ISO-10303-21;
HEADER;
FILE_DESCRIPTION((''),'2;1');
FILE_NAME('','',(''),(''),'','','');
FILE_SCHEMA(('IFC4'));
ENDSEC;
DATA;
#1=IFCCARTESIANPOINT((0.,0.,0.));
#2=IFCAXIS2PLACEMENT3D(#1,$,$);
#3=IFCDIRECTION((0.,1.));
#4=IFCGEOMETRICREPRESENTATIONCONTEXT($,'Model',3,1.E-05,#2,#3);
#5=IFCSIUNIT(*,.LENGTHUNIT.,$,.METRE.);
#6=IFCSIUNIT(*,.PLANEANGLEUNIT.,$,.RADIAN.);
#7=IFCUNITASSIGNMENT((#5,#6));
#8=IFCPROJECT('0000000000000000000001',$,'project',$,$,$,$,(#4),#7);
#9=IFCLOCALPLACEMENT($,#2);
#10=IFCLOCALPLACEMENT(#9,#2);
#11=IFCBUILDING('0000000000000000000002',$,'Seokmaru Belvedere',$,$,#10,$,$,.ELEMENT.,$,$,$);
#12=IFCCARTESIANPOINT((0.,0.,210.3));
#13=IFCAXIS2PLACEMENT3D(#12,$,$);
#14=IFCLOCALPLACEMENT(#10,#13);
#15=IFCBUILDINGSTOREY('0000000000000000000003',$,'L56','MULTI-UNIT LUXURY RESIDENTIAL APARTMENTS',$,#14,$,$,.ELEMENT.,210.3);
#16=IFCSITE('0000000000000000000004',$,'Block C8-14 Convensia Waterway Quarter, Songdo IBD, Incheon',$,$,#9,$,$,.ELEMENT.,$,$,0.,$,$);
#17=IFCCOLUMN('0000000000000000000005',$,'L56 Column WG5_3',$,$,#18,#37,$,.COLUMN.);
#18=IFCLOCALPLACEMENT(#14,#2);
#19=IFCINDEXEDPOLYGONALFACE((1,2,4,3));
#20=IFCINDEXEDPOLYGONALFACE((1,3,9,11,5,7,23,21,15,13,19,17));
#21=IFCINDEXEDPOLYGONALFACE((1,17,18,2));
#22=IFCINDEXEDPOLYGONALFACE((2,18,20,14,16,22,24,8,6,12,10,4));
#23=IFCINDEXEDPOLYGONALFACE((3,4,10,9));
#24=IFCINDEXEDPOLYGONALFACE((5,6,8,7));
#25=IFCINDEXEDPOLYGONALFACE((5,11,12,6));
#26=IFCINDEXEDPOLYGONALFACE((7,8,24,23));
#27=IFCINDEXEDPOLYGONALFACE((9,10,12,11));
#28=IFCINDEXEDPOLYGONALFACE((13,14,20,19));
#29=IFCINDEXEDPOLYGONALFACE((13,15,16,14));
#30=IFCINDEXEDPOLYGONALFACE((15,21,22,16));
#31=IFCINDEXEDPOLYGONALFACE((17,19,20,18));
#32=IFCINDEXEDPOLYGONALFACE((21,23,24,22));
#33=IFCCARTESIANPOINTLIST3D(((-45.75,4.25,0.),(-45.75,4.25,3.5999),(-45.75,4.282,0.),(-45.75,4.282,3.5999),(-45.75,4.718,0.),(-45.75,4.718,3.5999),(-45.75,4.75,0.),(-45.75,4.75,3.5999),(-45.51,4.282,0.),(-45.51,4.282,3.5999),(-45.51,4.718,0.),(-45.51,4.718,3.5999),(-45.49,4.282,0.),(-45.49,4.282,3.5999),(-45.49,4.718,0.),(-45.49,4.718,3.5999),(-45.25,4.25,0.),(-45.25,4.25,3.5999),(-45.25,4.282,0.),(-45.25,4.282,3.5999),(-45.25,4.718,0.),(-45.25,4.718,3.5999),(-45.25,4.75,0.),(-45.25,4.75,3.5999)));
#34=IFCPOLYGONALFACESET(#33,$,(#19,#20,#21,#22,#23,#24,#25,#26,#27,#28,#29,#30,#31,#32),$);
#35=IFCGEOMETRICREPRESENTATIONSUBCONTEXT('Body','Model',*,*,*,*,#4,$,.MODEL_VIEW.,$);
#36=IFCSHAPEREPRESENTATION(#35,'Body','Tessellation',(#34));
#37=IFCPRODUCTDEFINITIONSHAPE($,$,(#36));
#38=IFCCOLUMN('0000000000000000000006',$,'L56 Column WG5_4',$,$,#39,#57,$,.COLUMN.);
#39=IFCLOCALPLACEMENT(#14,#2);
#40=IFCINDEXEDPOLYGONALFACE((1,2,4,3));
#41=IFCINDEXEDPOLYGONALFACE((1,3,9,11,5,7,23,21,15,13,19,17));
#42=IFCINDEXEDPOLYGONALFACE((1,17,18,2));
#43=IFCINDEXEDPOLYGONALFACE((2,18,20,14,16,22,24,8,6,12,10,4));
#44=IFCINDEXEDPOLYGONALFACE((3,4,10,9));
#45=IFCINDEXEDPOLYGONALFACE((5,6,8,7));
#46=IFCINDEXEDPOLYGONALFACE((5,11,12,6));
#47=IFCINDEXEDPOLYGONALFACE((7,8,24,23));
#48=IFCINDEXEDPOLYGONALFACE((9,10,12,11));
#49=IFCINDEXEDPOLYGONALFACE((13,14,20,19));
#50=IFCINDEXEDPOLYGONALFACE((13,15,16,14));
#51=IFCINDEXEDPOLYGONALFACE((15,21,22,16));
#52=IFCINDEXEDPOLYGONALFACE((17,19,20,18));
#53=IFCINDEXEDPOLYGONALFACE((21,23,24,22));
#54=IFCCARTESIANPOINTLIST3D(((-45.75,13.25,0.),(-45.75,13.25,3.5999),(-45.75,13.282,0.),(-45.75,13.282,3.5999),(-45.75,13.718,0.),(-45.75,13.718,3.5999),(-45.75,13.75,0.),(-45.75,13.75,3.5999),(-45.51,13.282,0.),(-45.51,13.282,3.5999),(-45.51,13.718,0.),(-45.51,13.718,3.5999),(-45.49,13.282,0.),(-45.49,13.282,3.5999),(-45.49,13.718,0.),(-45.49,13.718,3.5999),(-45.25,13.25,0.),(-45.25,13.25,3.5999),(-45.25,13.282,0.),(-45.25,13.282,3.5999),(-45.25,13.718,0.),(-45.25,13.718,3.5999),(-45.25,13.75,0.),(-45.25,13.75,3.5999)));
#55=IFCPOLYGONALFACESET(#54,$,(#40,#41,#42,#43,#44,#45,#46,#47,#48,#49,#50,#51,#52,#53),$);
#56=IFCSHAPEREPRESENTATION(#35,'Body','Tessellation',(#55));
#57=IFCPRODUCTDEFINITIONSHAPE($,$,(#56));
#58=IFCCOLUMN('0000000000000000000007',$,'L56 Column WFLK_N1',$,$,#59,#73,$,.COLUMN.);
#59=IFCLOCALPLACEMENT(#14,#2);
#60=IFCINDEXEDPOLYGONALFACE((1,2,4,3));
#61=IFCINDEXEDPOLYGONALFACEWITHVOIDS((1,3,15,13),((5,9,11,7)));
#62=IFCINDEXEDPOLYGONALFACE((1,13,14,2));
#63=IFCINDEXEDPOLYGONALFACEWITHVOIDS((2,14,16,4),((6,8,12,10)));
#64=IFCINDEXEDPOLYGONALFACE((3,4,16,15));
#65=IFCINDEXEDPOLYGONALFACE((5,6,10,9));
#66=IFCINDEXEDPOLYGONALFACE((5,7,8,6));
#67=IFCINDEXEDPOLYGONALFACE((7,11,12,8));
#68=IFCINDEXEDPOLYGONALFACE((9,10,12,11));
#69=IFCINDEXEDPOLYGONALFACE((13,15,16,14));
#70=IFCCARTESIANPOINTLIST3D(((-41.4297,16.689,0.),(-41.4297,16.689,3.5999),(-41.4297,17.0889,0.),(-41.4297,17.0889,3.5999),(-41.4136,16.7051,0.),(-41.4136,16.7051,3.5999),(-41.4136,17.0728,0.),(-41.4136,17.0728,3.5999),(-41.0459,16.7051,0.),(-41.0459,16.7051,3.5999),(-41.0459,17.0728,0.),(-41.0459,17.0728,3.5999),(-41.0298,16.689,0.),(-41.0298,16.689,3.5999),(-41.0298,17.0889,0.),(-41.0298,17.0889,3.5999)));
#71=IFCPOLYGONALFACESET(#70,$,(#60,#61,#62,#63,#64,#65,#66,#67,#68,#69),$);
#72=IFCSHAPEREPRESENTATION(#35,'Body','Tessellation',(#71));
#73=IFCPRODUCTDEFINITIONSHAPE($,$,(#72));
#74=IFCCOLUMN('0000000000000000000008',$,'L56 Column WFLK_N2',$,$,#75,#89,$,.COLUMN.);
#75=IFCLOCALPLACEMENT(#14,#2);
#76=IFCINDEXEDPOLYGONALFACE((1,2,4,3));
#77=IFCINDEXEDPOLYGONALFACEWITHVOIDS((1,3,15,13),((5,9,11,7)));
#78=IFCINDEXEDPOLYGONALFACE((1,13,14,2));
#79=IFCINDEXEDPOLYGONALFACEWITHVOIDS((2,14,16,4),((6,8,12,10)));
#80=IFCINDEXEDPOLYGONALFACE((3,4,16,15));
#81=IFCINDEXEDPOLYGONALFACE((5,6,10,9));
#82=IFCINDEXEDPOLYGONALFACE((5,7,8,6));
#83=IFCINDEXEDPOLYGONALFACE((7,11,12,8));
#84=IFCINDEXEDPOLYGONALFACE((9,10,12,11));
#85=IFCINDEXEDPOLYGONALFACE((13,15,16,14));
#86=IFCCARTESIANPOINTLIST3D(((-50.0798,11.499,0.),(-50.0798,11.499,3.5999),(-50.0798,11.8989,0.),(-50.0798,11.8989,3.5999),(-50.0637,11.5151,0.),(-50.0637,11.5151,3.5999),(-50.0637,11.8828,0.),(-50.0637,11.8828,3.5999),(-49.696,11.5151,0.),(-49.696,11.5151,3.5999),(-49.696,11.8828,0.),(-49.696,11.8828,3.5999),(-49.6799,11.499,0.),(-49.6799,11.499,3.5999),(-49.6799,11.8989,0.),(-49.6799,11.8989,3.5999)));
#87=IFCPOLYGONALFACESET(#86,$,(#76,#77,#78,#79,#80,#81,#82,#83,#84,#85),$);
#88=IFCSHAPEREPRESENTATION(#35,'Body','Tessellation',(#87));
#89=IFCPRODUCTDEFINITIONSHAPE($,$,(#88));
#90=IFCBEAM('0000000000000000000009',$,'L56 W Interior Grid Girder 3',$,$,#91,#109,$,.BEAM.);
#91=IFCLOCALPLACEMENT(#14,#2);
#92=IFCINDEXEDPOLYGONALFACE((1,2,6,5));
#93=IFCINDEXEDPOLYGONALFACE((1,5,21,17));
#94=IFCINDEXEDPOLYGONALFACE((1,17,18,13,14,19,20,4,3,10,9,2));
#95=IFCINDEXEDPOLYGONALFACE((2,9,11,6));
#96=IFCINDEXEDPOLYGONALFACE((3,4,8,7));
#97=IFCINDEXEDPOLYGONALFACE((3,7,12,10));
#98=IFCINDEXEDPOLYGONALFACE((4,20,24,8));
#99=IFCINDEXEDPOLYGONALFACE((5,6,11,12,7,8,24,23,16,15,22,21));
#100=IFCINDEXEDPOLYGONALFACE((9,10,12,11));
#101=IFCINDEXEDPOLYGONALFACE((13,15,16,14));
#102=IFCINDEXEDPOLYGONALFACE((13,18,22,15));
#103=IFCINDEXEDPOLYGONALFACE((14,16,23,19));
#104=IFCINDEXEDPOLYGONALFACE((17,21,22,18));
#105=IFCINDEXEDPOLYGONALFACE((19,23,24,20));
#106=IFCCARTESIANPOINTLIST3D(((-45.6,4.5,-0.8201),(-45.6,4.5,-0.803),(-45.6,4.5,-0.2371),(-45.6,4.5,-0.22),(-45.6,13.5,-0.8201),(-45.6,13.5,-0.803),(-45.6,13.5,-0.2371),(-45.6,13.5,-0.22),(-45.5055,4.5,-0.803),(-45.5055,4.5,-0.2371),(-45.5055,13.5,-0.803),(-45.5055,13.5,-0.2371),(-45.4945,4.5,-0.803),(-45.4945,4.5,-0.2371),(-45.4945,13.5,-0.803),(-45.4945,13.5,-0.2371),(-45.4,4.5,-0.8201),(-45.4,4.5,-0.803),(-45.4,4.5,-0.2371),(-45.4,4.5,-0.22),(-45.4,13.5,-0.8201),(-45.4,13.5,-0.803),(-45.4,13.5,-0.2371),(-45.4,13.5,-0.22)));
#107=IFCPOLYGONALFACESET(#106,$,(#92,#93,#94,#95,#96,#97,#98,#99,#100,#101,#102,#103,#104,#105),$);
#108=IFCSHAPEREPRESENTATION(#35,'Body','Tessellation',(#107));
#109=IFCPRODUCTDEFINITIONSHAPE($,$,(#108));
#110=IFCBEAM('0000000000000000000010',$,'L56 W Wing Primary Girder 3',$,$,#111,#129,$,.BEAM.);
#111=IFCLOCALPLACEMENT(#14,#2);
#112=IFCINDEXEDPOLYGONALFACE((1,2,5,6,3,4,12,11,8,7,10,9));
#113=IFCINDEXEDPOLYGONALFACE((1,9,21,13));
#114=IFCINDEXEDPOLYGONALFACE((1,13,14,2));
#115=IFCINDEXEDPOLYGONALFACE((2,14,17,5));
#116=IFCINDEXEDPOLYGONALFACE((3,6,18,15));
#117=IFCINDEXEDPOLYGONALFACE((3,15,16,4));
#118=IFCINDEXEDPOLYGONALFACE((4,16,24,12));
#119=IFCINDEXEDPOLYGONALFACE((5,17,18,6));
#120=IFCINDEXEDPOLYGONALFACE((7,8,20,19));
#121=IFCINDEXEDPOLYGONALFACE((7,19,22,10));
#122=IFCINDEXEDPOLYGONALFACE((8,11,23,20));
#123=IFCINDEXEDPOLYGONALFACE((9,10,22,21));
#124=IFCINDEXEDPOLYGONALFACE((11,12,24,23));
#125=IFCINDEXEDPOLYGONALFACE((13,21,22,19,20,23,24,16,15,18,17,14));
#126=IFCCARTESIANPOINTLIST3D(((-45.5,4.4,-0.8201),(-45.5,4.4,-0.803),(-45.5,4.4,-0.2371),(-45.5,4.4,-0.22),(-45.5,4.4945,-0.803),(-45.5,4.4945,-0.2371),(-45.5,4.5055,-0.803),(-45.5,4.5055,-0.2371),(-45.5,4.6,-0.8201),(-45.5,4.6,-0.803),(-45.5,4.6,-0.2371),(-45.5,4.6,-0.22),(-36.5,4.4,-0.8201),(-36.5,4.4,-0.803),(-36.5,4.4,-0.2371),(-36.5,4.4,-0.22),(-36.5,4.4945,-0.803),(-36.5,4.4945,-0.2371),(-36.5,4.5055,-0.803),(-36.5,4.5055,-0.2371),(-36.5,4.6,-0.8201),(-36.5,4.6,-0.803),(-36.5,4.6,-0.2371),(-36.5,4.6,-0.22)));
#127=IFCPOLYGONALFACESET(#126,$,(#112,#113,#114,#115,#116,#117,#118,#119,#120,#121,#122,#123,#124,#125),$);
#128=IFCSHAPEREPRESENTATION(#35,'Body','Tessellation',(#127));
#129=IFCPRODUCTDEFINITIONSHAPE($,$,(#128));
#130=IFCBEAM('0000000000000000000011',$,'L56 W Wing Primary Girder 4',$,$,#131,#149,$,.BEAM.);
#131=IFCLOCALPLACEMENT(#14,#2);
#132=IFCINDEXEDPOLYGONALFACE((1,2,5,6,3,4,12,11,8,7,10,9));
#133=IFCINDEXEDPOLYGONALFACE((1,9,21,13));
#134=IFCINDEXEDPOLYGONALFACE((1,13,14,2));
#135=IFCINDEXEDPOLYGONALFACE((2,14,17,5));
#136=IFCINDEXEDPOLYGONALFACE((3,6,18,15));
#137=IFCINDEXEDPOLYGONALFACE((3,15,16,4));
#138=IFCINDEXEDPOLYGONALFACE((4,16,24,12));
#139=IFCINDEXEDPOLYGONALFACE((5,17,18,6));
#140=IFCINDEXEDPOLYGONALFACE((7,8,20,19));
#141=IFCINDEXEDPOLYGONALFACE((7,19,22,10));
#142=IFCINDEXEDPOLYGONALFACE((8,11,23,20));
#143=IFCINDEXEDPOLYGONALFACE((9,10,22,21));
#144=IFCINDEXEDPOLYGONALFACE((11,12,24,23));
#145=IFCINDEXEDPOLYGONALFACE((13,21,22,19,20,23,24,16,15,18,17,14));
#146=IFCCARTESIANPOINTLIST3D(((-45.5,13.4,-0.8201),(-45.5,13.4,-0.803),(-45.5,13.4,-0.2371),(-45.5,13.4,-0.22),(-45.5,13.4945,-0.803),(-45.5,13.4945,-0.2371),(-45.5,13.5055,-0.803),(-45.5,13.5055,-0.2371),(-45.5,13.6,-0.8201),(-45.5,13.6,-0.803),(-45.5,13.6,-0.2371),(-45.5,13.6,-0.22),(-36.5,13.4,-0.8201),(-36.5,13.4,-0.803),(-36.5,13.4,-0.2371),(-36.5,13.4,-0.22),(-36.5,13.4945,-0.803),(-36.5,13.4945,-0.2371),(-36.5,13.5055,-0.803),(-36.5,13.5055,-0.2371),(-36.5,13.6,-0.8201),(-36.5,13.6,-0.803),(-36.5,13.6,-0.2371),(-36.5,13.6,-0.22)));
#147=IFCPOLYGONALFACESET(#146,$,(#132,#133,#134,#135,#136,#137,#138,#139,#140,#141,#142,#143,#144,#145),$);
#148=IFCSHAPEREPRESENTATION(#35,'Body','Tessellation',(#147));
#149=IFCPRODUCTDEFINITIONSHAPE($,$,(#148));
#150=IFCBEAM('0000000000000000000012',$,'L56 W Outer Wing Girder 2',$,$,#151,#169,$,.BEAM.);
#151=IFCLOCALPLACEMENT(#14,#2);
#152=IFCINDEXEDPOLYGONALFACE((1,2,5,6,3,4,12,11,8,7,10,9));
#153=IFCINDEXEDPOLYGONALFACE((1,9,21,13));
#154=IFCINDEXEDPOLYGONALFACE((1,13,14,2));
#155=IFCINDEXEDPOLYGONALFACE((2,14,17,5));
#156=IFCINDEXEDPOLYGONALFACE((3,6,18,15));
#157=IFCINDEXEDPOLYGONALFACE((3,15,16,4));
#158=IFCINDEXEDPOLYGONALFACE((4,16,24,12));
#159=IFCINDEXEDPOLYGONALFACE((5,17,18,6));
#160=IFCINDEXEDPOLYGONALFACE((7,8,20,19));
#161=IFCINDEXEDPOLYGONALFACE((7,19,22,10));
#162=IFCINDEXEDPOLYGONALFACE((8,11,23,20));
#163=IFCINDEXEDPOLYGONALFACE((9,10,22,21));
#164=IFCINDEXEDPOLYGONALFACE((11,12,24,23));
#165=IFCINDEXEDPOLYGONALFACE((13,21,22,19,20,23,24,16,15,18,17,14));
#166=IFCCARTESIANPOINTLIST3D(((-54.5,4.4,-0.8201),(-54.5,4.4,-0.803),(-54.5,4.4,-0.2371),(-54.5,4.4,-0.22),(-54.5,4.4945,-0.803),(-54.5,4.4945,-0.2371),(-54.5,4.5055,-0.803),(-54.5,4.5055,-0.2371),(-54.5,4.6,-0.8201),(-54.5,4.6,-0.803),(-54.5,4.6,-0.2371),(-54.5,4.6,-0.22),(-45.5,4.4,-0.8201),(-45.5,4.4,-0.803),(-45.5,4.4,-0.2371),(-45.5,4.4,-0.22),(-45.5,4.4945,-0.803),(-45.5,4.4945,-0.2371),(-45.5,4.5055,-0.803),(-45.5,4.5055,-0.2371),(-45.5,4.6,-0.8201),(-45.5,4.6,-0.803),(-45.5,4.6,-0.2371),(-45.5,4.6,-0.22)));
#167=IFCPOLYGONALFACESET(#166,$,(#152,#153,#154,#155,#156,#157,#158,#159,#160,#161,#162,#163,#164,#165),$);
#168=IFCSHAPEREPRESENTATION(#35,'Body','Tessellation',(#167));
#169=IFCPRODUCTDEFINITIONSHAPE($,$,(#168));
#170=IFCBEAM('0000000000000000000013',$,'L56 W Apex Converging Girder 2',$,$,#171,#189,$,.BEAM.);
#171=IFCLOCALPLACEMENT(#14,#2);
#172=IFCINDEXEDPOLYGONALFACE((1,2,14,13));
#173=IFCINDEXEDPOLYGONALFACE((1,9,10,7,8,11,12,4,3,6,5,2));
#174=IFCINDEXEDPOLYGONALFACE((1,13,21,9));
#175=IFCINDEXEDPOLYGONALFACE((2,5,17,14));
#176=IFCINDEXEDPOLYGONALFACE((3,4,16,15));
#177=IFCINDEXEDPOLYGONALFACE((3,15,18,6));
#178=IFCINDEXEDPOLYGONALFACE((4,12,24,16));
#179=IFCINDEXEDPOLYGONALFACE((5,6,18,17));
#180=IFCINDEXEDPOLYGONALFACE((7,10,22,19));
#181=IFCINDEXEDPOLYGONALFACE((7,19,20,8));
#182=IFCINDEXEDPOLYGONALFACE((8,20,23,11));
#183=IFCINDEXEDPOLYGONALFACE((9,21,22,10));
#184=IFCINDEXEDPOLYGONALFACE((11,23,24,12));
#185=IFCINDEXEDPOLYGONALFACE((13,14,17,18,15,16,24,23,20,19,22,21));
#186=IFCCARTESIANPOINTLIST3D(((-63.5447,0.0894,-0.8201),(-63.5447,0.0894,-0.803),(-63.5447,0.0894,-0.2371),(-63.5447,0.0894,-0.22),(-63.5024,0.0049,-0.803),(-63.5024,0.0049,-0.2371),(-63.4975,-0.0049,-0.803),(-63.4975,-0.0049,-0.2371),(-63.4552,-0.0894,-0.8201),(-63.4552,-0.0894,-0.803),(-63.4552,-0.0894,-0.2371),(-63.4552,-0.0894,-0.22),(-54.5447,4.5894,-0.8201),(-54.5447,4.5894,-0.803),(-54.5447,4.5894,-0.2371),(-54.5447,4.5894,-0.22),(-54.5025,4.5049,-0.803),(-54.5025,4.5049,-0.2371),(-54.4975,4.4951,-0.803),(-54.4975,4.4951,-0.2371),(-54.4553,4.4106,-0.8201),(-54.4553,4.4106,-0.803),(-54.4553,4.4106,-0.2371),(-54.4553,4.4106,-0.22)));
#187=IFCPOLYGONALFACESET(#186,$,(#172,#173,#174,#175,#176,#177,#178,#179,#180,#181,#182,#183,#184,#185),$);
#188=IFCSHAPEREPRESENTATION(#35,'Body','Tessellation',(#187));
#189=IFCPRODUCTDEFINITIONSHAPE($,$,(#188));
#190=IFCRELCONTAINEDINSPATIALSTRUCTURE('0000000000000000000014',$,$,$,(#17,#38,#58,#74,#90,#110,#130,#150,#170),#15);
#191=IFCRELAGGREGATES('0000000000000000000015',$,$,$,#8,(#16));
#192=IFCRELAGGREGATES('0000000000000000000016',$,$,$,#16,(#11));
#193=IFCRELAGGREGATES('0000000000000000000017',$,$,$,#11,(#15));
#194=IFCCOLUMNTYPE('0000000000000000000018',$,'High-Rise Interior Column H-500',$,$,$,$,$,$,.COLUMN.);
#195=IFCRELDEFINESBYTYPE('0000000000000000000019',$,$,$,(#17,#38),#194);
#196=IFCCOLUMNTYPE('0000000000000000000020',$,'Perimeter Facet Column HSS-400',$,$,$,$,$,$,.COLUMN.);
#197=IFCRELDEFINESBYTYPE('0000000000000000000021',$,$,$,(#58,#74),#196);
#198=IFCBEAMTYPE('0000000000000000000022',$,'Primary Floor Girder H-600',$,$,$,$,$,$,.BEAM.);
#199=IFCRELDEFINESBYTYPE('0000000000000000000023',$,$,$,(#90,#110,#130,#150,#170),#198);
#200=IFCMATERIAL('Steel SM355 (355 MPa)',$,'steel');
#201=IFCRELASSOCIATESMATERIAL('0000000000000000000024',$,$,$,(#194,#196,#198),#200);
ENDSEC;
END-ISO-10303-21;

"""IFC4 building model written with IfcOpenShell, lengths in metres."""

from ifc_helpers import new_model, si_unit, direction, frame, origin, origin_2d, place, context, subcontext, project, spatial, hollow_rectangle, i_section, extrude, source, transform, mapped, material, material_profile, profile_set, type_object, type_shapes, element, save


model = new_model("IFC4")

# Units and contexts
model_context = context("Model", 3, precision=1e-05, world=origin(), true_north=direction((0.0, 1.0)))
body_context = subcontext(model_context, "Body", "Model", "MODEL_VIEW")
ifc_project = project(units=[si_unit("LENGTHUNIT", "METRE"), si_unit("PLANEANGLEUNIT", "RADIAN")], contexts=[model_context])

# Site, building, storey
site_placement = place(None, origin())
site = spatial("IfcSite", under=ifc_project, at=site_placement, Name="Block C8-14 Convensia Waterway Quarter, Songdo IBD, Incheon", CompositionType="ELEMENT", RefElevation=0.0)
building_placement = place(site_placement, origin())
building = spatial("IfcBuilding", under=site, at=building_placement, Name="Seokmaru Belvedere", CompositionType="ELEMENT")
storey_placement = place(building_placement, frame((0.0, 0.0, 210.3)))
storey = spatial("IfcBuildingStorey", under=building, at=storey_placement, Name="L56", Description="MULTI-UNIT LUXURY RESIDENTIAL APARTMENTS", CompositionType="ELEMENT", Elevation=210.3)

# Columns
ifc_material_1 = material(Name="Steel SM355 (355 MPa)", Category="steel")
ifc_material_profile_1 = material_profile(ifc_material_1, i_section(OverallWidth=0.5, OverallDepth=0.5, WebThickness=0.02, FlangeThickness=0.032, at=origin_2d()), Name="H-500x500x20x32")
ifc_profile_set_1 = profile_set([ifc_material_profile_1], Name="Steel SM355 (355 MPa)")
column_type_1 = type_object("IfcColumnType", Name="High-Rise Interior Column H-500", PredefinedType="COLUMN", material=ifc_profile_set_1)
shared_shape_1 = source(origin(), body_context, "Body", "SweptSolid", [
    extrude(i_section(OverallWidth=0.5, OverallDepth=0.5, WebThickness=0.02, FlangeThickness=0.032, at=origin_2d()), origin(), (0.0, 0.0, 1.0), 3.5999),
])
type_shapes(column_type_1, [shared_shape_1])
for number, where, z_axis, x_axis, name in (
    (1, (-45.5, 4.5, 0.0), (0.0, 0.0, 1.0), (1.0, 0.0, 0.0), "L56 Column WG5_3"),
    (2, (-45.5, 13.5, 0.0), (0.0, 0.0, 1.0), (1.0, 0.0, 0.0), "L56 Column WG5_4"),
):
    element("IfcColumn", number, at=place(storey_placement, frame(where, z_axis=z_axis, x_axis=x_axis)), inside=storey, type_object=column_type_1, Name=name, PredefinedType="COLUMN", context=body_context, shape_type="MappedRepresentation", body=[
        mapped(shared_shape_1, transform((0.0, 0.0, 0.0), scale=1.0)),
    ])
ifc_material_profile_2 = material_profile(ifc_material_1, hollow_rectangle(XDim=0.3999, YDim=0.3999, WallThickness=0.0161, at=origin_2d()), Name="HSS-400x400x16")
ifc_profile_set_2 = profile_set([ifc_material_profile_2], Name="Steel SM355 (355 MPa)")
column_type_2 = type_object("IfcColumnType", Name="Perimeter Facet Column HSS-400", PredefinedType="COLUMN", material=ifc_profile_set_2)
shared_shape_2 = source(origin(), body_context, "Body", "SweptSolid", [
    extrude(hollow_rectangle(XDim=0.3999, YDim=0.3999, WallThickness=0.0161, at=origin_2d()), origin(), (0.0, 0.0, 1.0), 3.5999),
])
type_shapes(column_type_2, [shared_shape_2])
for number, where, z_axis, x_axis, name in (
    (3, (-41.2297, 16.8889, 0.0), (0.0, 0.0, 1.0), (1.0, 0.0, 0.0), "L56 Column WFLK_N1"),
    (4, (-49.8799, 11.699, 0.0), (0.0, 0.0, 1.0), (1.0, 0.0, 0.0), "L56 Column WFLK_N2"),
):
    element("IfcColumn", number, at=place(storey_placement, frame(where, z_axis=z_axis, x_axis=x_axis)), inside=storey, type_object=column_type_2, Name=name, PredefinedType="COLUMN", context=body_context, shape_type="MappedRepresentation", body=[
        mapped(shared_shape_2, transform((0.0, 0.0, 0.0), scale=1.0)),
    ])

# Beams
ifc_material_profile_3 = material_profile(ifc_material_1, i_section(OverallWidth=0.2, OverallDepth=0.6001, WebThickness=0.011, FlangeThickness=0.0171, at=origin_2d()), Name="H-600x200x11x17")
ifc_profile_set_3 = profile_set([ifc_material_profile_3], Name="Steel SM355 (355 MPa)")
beam_type_1 = type_object("IfcBeamType", Name="Primary Floor Girder H-600", PredefinedType="BEAM", material=ifc_profile_set_3)
shared_shape_3 = source(origin(), body_context, "Body", "SweptSolid", [
    extrude(i_section(OverallWidth=0.2, OverallDepth=0.6001, WebThickness=0.011, FlangeThickness=0.0171, at=origin_2d()), origin(), (0.0, 0.0, 1.0), 9.0),
])
for number, where, z_axis, x_axis, name in (
    (5, (-45.5, 4.5, -0.52), (0.0, 1.0, 0.0), (-1.0, 0.0, 0.0), "L56 W Interior Grid Girder 3"),
    (6, (-45.5, 4.5, -0.52), (1.0, 0.0, 0.0), (0.0, 1.0, 0.0), "L56 W Wing Primary Girder 3"),
    (7, (-45.5, 13.5, -0.52), (1.0, 0.0, 0.0), (0.0, 1.0, 0.0), "L56 W Wing Primary Girder 4"),
    (8, (-54.5, 4.5, -0.52), (1.0, 0.0, 0.0), (0.0, 1.0, 0.0), "L56 W Outer Wing Girder 2"),
):
    element("IfcBeam", number, at=place(storey_placement, frame(where, z_axis=z_axis, x_axis=x_axis)), inside=storey, type_object=beam_type_1, Name=name, PredefinedType="BEAM", context=body_context, shape_type="MappedRepresentation", body=[
        mapped(shared_shape_3, transform((0.0, 0.0, 0.0), scale=1.0)),
    ])
shared_shape_4 = source(origin(), body_context, "Body", "SweptSolid", [
    extrude(i_section(OverallWidth=0.2, OverallDepth=0.6001, WebThickness=0.011, FlangeThickness=0.0171, at=origin_2d()), origin(), (0.0, 0.0, 1.0), 10.0623),
])
beam_1_placement = place(storey_placement, frame((-54.5, 4.5, -0.52), z_axis=(-0.894427, -0.447214, 0.0), x_axis=(0.447214, -0.894427, 0.0)))
element("IfcBeam", 9, at=beam_1_placement, inside=storey, type_object=beam_type_1, Name="L56 W Apex Converging Girder 2", PredefinedType="BEAM", context=body_context, shape_type="MappedRepresentation", body=[
    mapped(shared_shape_4, transform((0.0, 0.0, 0.0), scale=1.0)),
])

save(model, "model.ifc")
